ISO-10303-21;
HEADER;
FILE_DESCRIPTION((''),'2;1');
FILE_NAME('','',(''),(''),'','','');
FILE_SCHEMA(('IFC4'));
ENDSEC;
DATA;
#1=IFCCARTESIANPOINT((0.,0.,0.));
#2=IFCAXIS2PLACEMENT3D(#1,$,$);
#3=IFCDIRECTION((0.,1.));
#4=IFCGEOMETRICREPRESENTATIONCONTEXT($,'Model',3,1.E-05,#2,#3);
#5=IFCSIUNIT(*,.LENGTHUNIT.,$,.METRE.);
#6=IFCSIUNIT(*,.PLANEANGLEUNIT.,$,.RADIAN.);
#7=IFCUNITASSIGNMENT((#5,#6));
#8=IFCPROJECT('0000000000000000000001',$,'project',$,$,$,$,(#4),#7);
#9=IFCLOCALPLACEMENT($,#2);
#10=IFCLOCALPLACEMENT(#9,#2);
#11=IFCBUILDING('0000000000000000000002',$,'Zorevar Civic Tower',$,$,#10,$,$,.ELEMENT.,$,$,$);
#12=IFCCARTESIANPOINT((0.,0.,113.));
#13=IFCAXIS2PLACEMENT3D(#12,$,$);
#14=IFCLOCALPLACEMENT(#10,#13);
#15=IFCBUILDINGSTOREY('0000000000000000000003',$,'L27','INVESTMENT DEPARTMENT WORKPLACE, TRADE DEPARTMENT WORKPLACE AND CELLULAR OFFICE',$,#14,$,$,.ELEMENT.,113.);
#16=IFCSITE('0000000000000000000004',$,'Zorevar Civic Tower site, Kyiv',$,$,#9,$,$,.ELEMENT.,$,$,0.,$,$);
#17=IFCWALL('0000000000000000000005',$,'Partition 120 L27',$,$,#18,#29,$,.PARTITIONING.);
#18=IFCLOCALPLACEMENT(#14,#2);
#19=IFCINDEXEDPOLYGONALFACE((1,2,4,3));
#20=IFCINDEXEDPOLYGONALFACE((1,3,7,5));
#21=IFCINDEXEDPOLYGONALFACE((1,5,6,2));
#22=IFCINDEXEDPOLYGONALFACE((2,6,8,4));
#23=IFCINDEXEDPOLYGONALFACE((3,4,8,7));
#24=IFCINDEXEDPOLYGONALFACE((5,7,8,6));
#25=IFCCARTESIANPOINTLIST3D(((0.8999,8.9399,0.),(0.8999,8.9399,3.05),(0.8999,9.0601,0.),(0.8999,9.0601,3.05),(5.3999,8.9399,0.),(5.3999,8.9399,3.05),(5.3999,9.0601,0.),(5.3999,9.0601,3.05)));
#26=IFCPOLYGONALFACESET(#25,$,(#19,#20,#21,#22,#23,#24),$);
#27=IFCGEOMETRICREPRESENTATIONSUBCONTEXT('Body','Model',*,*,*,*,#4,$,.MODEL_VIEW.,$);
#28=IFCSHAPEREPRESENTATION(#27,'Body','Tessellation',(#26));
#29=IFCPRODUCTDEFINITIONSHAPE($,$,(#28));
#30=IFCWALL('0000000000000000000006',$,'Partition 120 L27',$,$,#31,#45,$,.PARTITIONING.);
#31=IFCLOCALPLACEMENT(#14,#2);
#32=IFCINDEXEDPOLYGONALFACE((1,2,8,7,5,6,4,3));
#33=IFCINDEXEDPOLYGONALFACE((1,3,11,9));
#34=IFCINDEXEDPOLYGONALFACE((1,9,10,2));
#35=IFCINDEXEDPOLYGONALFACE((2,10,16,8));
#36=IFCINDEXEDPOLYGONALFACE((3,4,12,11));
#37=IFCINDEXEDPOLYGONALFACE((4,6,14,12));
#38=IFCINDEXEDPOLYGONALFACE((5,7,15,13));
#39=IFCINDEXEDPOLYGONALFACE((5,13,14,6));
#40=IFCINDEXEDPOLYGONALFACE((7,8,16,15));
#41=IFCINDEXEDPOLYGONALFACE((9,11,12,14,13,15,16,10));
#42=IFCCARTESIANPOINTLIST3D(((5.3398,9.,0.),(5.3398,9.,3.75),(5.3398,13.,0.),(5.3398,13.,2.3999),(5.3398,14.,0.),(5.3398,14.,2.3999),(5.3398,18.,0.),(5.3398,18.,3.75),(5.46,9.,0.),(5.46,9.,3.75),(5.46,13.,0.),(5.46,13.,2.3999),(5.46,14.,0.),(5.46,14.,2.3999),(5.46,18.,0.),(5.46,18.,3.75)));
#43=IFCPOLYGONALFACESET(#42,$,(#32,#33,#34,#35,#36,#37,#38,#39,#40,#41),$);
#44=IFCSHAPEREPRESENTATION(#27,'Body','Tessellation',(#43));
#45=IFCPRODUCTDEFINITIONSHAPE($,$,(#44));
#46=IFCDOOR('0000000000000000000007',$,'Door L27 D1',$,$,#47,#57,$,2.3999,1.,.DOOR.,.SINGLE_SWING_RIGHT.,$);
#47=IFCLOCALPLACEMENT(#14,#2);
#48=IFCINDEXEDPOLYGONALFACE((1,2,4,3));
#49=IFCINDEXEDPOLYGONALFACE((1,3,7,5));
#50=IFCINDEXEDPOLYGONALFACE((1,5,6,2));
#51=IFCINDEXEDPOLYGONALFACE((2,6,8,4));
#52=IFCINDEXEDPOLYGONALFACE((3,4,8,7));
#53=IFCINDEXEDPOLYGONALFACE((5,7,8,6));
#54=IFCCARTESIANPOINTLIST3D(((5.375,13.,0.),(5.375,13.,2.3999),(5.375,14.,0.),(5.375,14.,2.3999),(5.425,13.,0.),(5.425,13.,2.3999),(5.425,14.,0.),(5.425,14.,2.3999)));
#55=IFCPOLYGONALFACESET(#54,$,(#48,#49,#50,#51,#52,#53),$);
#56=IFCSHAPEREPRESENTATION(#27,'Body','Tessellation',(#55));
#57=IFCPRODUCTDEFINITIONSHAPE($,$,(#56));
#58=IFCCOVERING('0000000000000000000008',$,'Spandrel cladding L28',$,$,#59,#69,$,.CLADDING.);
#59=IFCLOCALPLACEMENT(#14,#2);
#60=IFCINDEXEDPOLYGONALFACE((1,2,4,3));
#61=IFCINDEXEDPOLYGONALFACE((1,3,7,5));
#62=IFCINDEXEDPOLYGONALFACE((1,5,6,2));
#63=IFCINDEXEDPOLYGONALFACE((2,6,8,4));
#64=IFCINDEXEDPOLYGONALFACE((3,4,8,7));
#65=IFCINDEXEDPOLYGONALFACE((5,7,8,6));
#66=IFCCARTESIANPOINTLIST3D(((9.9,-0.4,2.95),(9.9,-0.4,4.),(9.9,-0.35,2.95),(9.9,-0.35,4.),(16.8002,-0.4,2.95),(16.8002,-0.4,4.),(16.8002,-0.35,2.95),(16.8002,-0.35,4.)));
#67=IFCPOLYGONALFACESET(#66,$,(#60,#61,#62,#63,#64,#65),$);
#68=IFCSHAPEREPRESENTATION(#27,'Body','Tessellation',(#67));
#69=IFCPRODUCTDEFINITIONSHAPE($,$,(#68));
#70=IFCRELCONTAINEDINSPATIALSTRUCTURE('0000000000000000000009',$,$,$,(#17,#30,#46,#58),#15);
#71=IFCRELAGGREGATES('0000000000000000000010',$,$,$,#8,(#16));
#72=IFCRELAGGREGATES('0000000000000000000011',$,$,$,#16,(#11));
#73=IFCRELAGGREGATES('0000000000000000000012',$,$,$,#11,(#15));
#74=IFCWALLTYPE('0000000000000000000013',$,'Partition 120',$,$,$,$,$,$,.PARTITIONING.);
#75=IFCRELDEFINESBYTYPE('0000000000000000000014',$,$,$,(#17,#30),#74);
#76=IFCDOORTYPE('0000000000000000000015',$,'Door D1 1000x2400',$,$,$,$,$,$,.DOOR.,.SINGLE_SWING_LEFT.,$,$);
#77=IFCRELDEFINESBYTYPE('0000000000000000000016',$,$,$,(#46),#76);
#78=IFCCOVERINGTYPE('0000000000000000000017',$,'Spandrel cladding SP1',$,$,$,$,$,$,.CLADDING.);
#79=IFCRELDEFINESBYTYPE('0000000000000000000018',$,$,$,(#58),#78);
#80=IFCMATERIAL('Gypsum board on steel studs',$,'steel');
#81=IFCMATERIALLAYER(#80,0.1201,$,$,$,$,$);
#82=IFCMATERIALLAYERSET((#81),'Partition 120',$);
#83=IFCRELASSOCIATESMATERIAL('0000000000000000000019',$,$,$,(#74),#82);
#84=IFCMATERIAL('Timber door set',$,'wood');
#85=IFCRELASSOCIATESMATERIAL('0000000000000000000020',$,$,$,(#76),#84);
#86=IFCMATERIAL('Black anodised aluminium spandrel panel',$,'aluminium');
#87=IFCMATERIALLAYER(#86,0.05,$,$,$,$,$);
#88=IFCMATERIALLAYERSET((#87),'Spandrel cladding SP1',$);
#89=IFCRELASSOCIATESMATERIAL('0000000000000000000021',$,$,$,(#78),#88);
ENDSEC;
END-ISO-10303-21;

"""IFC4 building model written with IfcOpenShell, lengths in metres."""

from ifc_helpers import new_model, si_unit, direction, frame, frame_2d, origin, place, context, subcontext, project, spatial, rectangle, extrude, material, layer, layer_set, type_object, element, fill, save


model = new_model("IFC4")

# Units and contexts
model_context = context("Model", 3, precision=1e-05, world=origin(), true_north=direction((0.0, 1.0)))
body_context = subcontext(model_context, "Body", "Model", "MODEL_VIEW")
ifc_project = project(units=[si_unit("LENGTHUNIT", "METRE"), si_unit("PLANEANGLEUNIT", "RADIAN")], contexts=[model_context])

# Site, building, storey
site_placement = place(None, origin())
site = spatial("IfcSite", under=ifc_project, at=site_placement, Name="Zorevar Civic Tower site, Kyiv", CompositionType="ELEMENT", RefElevation=0.0)
building_placement = place(site_placement, origin())
building = spatial("IfcBuilding", under=site, at=building_placement, Name="Zorevar Civic Tower", CompositionType="ELEMENT")
storey_placement = place(building_placement, frame((0.0, 0.0, 113.0)))
storey = spatial("IfcBuildingStorey", under=building, at=storey_placement, Name="L27", Description="INVESTMENT DEPARTMENT WORKPLACE, TRADE DEPARTMENT WORKPLACE AND CELLULAR OFFICE", CompositionType="ELEMENT", Elevation=113.0)

# Wall
ifc_material_1 = material(Name="Gypsum board on steel studs", Category="steel")
ifc_layer_1 = layer(ifc_material_1, 0.1201)
ifc_layer_set_1 = layer_set([ifc_layer_1], Name="Partition 120")
wall_type = type_object("IfcWallType", Name="Partition 120", PredefinedType="PARTITIONING", material=ifc_layer_set_1)
wall_1_placement = place(storey_placement, frame((0.8999, 9.0, 0.0), z_axis=(0.0, 0.0, 1.0), x_axis=(1.0, 0.0, 0.0)))
element("IfcWall", 1, at=wall_1_placement, inside=storey, type_object=wall_type, Name="Partition 120 L27", PredefinedType="PARTITIONING", context=body_context, shape_type="SweptSolid", body=[
    extrude(rectangle(XDim=4.5, YDim=0.1201, at=frame_2d((2.25, 0.0))), origin(), (0.0, 0.0, 1.0), 3.05),
])

# Wall, opening, door
wall_2_placement = place(storey_placement, frame((5.3999, 9.0, 0.0), z_axis=(0.0, 0.0, 1.0), x_axis=(0.0, 1.0, 0.0)))
wall_2 = element("IfcWall", 2, at=wall_2_placement, inside=storey, type_object=wall_type, Name="Partition 120 L27", PredefinedType="PARTITIONING", context=body_context, shape_type="SweptSolid", body=[
    extrude(rectangle(XDim=9.0, YDim=0.1201, at=frame_2d((4.5, 0.0))), origin(), (0.0, 0.0, 1.0), 3.75),
])
opening_placement = place(wall_2_placement, frame((4.0, 0.0, 0.0)))
opening = element("IfcOpeningElement", 3, at=opening_placement, cuts=wall_2, PredefinedType="OPENING", context=body_context, shape_type="SweptSolid", body=[
    extrude(rectangle(XDim=1.0, YDim=2.3999, at=frame_2d((0.5, 1.2))), frame((0.0, 0.0701, 0.0), z_axis=(0.0, -1.0, 0.0), x_axis=(1.0, 0.0, 0.0)), (0.0, 0.0, 1.0), 0.1401),
])
ifc_material_2 = material(Name="Timber door set", Category="wood")
door_type = type_object("IfcDoorType", Name="Door D1 1000x2400", OperationType="SINGLE_SWING_LEFT", PredefinedType="DOOR", material=ifc_material_2)
door_placement = place(opening_placement, origin())
door = element("IfcDoor", 4, at=door_placement, inside=storey, type_object=door_type, Name="Door L27 D1", OperationType="SINGLE_SWING_RIGHT", OverallHeight=2.3999, OverallWidth=1.0, PredefinedType="DOOR", context=body_context, shape_type="SweptSolid", body=[
    extrude(rectangle(XDim=1.0, YDim=2.3999, at=frame_2d((0.5, 1.2))), frame((0.0, 0.0249, 0.0), z_axis=(0.0, -1.0, 0.0), x_axis=(1.0, 0.0, 0.0)), (0.0, 0.0, 1.0), 0.05),
])
fill(opening, door)

# Covering
ifc_material_3 = material(Name="Black anodised aluminium spandrel panel", Category="aluminium")
ifc_layer_2 = layer(ifc_material_3, 0.05)
ifc_layer_set_2 = layer_set([ifc_layer_2], Name="Spandrel cladding SP1")
covering_type = type_object("IfcCoveringType", Name="Spandrel cladding SP1", PredefinedType="CLADDING", material=ifc_layer_set_2)
covering_placement = place(storey_placement, frame((9.8999, -0.375, 2.95), z_axis=(0.0, 0.0, 1.0), x_axis=(1.0, 0.0, 0.0)))
element("IfcCovering", 5, at=covering_placement, inside=storey, type_object=covering_type, Name="Spandrel cladding L28", PredefinedType="CLADDING", context=body_context, shape_type="SweptSolid", body=[
    extrude(rectangle(XDim=6.9001, YDim=0.05, at=frame_2d((3.4502, 0.0))), origin(), (0.0, 0.0, 1.0), 1.05),
])

save(model, "model.ifc")
